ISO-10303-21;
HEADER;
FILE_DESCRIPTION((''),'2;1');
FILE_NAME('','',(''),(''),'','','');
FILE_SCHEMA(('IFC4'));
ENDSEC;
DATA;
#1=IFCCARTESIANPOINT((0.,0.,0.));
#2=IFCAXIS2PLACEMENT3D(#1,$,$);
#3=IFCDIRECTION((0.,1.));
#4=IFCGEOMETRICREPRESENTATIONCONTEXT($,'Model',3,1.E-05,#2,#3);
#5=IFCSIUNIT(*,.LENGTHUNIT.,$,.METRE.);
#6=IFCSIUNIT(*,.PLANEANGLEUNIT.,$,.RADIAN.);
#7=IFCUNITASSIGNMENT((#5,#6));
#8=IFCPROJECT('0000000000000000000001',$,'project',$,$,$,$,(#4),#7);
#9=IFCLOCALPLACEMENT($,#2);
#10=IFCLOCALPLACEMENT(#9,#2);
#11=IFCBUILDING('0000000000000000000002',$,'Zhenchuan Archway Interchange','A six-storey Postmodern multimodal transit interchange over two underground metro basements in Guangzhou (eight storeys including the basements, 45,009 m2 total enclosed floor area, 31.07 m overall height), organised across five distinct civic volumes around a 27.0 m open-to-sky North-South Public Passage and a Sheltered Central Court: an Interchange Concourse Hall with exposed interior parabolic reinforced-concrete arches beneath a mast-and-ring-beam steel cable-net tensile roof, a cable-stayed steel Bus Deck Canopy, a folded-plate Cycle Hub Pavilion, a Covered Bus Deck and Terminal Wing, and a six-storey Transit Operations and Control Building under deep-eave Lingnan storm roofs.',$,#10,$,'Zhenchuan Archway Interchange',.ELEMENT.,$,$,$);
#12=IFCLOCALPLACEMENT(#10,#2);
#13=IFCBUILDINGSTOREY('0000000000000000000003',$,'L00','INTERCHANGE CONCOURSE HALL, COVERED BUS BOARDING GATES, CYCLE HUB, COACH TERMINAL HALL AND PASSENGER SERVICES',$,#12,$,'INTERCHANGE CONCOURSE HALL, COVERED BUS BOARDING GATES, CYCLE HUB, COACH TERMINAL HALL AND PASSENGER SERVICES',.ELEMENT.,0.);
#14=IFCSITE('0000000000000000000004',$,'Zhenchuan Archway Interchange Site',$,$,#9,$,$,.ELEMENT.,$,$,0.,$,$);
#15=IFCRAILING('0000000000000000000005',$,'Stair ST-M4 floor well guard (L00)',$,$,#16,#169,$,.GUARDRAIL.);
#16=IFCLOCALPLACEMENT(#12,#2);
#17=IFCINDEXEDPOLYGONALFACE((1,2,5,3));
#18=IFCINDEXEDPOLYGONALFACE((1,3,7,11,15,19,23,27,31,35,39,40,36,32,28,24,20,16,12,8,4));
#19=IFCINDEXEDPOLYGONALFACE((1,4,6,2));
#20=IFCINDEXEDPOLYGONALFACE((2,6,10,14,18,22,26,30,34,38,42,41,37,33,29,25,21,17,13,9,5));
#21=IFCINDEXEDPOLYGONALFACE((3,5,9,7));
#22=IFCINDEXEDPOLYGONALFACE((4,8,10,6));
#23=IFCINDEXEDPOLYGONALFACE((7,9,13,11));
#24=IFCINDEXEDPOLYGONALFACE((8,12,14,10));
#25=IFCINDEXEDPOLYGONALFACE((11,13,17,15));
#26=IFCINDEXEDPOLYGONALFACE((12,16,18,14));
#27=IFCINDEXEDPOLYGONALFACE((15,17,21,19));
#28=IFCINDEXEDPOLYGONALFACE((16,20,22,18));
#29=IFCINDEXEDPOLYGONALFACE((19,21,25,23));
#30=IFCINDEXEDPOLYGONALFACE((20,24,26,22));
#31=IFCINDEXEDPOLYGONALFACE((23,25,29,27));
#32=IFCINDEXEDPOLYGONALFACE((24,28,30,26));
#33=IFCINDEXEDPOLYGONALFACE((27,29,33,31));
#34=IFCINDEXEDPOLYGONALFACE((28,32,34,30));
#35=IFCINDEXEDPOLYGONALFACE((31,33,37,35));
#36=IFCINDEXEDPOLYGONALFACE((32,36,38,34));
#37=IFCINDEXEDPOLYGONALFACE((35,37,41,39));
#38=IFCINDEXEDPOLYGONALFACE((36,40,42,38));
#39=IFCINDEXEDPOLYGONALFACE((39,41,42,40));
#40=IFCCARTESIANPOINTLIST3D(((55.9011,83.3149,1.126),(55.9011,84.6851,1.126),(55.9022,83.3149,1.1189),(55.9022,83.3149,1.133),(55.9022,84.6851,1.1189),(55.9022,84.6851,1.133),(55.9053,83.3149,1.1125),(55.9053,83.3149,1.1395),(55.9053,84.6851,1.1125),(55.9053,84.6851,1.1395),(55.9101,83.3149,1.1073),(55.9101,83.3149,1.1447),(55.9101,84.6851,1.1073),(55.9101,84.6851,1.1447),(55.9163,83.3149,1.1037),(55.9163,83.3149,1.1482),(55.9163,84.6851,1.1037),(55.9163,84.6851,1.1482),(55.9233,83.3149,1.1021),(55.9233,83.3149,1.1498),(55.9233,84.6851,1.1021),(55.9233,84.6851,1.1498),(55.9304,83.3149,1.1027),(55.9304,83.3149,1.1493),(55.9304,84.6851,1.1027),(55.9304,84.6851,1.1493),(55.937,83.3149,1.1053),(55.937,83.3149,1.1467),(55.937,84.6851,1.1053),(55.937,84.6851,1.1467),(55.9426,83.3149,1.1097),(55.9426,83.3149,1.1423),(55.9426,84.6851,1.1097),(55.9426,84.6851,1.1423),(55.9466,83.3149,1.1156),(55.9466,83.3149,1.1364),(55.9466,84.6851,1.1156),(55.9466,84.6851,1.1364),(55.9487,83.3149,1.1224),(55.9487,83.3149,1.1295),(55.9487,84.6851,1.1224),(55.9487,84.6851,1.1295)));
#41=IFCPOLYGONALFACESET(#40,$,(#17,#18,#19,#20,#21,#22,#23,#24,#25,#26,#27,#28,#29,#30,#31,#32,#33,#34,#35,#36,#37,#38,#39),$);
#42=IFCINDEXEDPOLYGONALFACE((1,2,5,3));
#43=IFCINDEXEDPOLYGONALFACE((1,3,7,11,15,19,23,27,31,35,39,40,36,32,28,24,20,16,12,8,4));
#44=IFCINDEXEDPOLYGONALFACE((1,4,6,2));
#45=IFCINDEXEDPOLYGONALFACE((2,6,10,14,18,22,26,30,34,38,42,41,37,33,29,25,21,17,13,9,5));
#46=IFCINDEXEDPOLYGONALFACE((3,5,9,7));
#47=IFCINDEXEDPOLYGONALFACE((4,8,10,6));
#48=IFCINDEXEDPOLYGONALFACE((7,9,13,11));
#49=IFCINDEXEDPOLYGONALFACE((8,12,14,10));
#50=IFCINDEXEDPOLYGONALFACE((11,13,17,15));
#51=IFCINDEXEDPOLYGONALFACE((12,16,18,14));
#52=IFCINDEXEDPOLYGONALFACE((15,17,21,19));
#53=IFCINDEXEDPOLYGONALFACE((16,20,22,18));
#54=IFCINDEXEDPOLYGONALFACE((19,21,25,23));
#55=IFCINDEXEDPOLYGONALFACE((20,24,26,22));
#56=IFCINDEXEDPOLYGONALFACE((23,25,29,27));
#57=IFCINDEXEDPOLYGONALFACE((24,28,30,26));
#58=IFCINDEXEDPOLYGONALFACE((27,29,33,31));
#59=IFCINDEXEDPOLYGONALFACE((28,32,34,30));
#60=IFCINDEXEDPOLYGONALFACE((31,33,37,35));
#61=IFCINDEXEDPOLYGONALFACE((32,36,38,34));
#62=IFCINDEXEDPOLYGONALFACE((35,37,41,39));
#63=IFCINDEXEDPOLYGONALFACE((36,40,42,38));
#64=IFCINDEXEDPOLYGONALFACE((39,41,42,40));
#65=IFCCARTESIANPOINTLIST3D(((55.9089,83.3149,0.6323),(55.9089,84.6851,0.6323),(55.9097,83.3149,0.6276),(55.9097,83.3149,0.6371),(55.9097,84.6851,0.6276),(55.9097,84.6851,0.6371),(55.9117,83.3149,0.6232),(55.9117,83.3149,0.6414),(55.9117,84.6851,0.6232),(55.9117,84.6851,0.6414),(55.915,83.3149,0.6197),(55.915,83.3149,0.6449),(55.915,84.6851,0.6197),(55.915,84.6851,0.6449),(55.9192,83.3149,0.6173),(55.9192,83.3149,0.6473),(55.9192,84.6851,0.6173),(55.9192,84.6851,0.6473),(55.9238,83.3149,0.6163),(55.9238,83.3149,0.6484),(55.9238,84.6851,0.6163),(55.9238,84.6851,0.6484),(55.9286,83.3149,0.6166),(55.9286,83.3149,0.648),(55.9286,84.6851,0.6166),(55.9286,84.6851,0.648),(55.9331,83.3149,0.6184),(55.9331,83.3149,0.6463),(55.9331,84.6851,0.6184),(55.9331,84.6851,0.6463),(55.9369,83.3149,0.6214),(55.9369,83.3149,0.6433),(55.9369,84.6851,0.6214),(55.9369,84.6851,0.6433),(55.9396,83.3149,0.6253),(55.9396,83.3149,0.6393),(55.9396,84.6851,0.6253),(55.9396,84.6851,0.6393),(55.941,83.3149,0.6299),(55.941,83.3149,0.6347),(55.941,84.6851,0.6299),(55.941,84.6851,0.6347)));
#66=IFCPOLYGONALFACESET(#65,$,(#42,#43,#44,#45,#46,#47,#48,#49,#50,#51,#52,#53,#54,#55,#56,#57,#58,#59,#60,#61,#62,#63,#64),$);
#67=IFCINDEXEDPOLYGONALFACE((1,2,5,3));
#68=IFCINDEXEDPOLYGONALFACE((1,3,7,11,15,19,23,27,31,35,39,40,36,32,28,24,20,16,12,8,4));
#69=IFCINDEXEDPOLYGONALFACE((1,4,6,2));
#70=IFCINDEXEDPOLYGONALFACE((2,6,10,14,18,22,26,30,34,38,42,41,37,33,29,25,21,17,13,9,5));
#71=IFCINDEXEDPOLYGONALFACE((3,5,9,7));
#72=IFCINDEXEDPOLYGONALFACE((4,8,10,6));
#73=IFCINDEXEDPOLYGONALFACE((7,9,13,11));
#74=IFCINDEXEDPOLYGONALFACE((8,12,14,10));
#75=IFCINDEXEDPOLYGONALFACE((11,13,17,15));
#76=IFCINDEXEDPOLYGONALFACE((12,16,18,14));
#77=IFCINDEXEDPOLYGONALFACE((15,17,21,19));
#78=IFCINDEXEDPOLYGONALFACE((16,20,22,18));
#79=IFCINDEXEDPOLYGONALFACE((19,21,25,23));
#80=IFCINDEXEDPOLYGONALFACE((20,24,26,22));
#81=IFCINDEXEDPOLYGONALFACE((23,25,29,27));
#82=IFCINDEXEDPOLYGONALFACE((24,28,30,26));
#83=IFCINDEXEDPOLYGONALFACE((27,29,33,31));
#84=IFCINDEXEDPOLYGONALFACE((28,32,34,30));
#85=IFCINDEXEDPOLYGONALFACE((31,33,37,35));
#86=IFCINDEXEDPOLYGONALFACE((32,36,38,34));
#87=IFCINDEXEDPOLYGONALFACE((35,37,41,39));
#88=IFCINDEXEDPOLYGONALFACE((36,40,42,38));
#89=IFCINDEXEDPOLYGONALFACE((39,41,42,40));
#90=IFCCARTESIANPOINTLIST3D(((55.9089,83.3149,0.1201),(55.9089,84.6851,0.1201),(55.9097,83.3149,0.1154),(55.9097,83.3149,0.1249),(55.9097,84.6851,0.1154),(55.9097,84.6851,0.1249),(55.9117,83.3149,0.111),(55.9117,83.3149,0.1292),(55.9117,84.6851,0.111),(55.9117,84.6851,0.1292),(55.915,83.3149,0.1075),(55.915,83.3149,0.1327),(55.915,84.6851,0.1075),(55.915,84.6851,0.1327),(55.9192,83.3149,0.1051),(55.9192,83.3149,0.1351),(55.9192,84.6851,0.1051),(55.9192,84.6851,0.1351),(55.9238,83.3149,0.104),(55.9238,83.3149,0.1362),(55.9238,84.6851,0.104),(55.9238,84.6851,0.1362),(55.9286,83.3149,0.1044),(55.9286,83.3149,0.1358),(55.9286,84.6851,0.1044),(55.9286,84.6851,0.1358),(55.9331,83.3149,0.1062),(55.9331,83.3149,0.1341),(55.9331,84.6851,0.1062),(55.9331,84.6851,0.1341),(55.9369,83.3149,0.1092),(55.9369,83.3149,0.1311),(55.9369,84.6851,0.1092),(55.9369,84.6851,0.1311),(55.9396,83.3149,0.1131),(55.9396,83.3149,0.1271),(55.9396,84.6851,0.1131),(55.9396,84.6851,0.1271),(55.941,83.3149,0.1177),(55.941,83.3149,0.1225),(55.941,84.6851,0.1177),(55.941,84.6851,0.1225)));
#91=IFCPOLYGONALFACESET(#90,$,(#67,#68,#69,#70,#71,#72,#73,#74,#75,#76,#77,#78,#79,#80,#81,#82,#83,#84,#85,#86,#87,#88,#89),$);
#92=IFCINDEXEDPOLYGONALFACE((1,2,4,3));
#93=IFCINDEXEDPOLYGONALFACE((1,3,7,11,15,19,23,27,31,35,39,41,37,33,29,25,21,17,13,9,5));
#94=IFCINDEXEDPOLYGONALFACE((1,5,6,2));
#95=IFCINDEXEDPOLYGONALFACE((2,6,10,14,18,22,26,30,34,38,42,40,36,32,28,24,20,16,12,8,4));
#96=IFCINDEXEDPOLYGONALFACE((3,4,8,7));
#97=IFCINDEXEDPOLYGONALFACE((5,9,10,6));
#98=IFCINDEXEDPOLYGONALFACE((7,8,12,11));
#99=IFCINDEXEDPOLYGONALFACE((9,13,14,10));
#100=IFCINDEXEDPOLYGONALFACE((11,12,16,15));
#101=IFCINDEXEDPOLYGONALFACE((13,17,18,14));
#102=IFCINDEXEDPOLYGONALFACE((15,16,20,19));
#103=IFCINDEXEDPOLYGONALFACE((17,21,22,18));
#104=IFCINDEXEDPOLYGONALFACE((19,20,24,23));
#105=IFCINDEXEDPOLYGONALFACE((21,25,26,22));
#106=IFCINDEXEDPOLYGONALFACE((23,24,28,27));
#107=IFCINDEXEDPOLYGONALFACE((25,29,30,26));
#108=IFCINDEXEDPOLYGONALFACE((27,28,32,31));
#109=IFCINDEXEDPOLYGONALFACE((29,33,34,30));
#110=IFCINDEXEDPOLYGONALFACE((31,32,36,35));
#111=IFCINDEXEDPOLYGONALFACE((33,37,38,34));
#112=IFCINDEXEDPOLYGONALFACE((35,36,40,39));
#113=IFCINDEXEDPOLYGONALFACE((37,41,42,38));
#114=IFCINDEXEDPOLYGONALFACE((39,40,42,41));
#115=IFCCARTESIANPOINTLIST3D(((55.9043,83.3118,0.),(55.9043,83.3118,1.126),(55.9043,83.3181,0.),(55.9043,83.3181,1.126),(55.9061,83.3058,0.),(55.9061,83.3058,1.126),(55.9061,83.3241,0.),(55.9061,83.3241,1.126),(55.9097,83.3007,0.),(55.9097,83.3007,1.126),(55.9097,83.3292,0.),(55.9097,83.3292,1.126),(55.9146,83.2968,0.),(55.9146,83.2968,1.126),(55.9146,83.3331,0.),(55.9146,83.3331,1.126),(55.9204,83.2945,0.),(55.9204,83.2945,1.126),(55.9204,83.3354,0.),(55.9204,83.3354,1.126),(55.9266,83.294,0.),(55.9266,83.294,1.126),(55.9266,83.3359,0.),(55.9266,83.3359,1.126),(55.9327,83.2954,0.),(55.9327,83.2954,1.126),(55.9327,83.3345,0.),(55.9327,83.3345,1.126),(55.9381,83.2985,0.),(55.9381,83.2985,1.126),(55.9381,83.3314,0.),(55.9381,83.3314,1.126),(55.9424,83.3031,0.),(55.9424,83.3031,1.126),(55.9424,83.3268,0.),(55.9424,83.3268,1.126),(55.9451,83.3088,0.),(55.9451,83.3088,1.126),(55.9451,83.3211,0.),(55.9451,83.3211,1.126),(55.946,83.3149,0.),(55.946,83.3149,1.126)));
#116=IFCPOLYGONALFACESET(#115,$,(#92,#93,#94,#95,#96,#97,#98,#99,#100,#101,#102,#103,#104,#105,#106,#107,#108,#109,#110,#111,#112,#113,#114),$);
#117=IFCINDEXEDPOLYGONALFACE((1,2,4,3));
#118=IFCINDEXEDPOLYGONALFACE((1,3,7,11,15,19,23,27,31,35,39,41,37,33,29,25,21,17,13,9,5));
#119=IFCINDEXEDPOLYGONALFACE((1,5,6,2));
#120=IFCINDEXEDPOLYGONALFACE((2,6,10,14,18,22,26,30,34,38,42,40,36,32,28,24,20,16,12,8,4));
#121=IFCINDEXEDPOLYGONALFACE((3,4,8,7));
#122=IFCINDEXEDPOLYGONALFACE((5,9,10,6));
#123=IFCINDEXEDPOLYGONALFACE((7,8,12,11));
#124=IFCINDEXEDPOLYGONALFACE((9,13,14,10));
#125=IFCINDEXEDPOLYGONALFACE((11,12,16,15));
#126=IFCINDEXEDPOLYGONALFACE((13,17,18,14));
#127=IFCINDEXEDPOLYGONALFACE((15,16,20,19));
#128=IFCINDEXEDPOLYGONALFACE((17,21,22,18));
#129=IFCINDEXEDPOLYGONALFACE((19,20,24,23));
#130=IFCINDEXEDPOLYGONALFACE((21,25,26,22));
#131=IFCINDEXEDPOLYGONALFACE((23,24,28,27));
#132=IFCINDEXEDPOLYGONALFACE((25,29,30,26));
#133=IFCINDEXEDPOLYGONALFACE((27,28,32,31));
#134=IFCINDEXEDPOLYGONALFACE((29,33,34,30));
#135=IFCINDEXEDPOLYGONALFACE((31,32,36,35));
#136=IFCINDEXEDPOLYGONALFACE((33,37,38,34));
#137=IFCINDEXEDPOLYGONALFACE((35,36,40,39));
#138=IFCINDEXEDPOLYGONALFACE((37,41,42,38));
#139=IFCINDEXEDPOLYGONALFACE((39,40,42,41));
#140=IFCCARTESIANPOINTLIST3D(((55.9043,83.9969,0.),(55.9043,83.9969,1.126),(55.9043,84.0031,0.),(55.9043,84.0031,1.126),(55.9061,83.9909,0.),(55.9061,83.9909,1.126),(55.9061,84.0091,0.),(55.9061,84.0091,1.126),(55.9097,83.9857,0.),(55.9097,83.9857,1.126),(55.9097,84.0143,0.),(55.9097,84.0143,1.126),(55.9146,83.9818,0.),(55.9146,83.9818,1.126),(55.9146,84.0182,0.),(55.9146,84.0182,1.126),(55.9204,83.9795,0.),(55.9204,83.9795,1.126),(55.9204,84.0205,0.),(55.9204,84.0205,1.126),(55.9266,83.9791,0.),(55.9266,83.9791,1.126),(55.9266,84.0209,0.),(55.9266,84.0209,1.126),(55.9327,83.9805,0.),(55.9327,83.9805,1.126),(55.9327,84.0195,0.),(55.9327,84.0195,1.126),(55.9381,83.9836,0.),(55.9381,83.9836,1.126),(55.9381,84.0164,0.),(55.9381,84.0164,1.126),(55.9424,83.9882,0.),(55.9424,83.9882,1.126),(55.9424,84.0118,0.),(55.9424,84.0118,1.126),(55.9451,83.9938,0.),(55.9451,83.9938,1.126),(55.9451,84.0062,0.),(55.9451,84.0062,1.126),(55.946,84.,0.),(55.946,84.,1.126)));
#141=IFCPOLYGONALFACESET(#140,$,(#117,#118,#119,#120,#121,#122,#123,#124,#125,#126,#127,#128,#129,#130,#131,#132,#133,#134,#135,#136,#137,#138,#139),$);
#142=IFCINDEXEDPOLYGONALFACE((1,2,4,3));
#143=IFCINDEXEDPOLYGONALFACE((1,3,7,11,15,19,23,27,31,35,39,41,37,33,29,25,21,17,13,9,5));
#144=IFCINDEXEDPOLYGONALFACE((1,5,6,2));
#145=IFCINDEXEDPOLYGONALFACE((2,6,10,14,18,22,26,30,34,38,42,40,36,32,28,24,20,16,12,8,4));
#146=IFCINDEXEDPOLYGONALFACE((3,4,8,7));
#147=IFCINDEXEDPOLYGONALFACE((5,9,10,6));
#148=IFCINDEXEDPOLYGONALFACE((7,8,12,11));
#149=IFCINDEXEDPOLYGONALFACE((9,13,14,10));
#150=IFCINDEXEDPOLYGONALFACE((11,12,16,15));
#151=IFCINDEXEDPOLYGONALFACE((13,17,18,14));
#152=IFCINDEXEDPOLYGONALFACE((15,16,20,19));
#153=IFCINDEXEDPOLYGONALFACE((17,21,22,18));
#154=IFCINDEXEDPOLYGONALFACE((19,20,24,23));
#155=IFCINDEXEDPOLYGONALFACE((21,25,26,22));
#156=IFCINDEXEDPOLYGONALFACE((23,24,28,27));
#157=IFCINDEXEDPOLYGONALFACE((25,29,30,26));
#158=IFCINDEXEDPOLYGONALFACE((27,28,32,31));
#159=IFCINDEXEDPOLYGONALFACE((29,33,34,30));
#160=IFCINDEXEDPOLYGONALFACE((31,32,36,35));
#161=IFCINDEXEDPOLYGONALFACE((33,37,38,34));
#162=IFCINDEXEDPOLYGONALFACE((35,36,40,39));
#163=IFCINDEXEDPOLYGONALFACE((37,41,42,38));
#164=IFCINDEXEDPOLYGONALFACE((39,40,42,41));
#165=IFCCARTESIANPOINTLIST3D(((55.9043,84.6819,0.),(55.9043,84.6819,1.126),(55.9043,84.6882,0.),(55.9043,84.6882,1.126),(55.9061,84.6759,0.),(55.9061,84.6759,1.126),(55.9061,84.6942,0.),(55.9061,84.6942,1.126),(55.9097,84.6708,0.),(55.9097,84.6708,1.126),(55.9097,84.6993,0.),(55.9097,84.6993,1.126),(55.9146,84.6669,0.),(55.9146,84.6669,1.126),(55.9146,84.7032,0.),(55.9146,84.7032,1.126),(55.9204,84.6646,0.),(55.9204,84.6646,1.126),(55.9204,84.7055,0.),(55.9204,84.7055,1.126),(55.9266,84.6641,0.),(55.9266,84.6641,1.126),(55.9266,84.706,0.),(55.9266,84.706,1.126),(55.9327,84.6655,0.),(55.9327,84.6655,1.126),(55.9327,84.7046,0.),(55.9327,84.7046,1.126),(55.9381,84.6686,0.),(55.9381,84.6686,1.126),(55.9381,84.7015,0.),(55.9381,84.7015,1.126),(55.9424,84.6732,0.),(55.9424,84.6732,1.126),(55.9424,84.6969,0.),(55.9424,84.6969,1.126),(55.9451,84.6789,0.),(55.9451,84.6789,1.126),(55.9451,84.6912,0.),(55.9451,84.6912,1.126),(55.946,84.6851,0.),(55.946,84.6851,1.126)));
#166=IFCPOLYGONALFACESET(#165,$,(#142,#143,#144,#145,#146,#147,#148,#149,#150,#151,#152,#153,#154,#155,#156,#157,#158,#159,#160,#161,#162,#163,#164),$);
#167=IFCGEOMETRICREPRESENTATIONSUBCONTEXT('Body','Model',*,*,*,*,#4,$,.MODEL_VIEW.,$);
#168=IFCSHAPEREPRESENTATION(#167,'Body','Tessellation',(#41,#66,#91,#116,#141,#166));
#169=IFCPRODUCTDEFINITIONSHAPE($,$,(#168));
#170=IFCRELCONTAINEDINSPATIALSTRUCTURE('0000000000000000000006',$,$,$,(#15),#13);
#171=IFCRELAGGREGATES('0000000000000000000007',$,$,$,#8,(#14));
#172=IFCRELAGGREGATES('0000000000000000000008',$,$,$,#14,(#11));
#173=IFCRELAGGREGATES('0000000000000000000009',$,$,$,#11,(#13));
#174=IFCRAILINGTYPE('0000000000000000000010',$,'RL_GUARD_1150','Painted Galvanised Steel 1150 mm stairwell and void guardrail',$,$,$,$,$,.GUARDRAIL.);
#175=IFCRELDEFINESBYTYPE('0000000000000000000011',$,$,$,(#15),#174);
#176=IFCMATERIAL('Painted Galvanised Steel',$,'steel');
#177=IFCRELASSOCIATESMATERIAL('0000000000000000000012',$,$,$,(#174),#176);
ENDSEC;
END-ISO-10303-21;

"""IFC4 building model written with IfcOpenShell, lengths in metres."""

from ifc_helpers import new_model, si_unit, direction, frame, origin, origin_2d, place, context, subcontext, project, spatial, circle, extrude, material, type_object, element, save


model = new_model("IFC4")

# Units and contexts
model_context = context("Model", 3, precision=1e-05, world=origin(), true_north=direction((0.0, 1.0)))
body_context = subcontext(model_context, "Body", "Model", "MODEL_VIEW")
ifc_project = project(units=[si_unit("LENGTHUNIT", "METRE"), si_unit("PLANEANGLEUNIT", "RADIAN")], contexts=[model_context])

# Site, building, storey
site_placement = place(None, origin())
site = spatial("IfcSite", under=ifc_project, at=site_placement, Name="Zhenchuan Archway Interchange Site", CompositionType="ELEMENT", RefElevation=0.0)
building_placement = place(site_placement, origin())
building = spatial("IfcBuilding", under=site, at=building_placement, Name="Zhenchuan Archway Interchange", Description="A six-storey Postmodern multimodal transit interchange over two underground metro basements in Guangzhou (eight storeys including the basements, 45,009 m2 total enclosed floor area, 31.07 m overall height), organised across five distinct civic volumes around a 27.0 m open-to-sky North-South Public Passage and a Sheltered Central Court: an Interchange Concourse Hall with exposed interior parabolic reinforced-concrete arches beneath a mast-and-ring-beam steel cable-net tensile roof, a cable-stayed steel Bus Deck Canopy, a folded-plate Cycle Hub Pavilion, a Covered Bus Deck and Terminal Wing, and a six-storey Transit Operations and Control Building under deep-eave Lingnan storm roofs.", LongName="Zhenchuan Archway Interchange", CompositionType="ELEMENT")
storey_placement = place(building_placement, origin())
storey = spatial("IfcBuildingStorey", under=building, at=storey_placement, Name="L00", Description="INTERCHANGE CONCOURSE HALL, COVERED BUS BOARDING GATES, CYCLE HUB, COACH TERMINAL HALL AND PASSENGER SERVICES", LongName="INTERCHANGE CONCOURSE HALL, COVERED BUS BOARDING GATES, CYCLE HUB, COACH TERMINAL HALL AND PASSENGER SERVICES", CompositionType="ELEMENT", Elevation=0.0)

# Shared definitions
ifc_material_1 = material(Name="Painted Galvanised Steel", Category="steel")

# Railing
railing_type_1 = type_object("IfcRailingType", Name="RL_GUARD_1150", Description="Painted Galvanised Steel 1150 mm stairwell and void guardrail", PredefinedType="GUARDRAIL", material=ifc_material_1)
for number, where, name in (
    (1, (55.925, 83.3149, 0.0), "Stair ST-M4 floor well guard (L00)"),
):
    element("IfcRailing", number, at=place(storey_placement, frame(where)), inside=storey, type_object=railing_type_1, Name=name, PredefinedType="GUARDRAIL", context=body_context, shape_type="SweptSolid", body=[
        extrude(circle(Radius=0.0239, at=origin_2d()), frame((0.0, 0.0, 1.126), z_axis=(0.0, 1.0, 0.0), x_axis=(-1.0, 0.0, 0.0)), (0.0, 0.0, 1.0), 1.3701),
        extrude(circle(Radius=0.0161, at=origin_2d()), frame((0.0, 0.0, 0.6323), z_axis=(0.0, 1.0, 0.0), x_axis=(-1.0, 0.0, 0.0)), (0.0, 0.0, 1.0), 1.3701),
        extrude(circle(Radius=0.0161, at=origin_2d()), frame((0.0, 0.0, 0.1201), z_axis=(0.0, 1.0, 0.0), x_axis=(-1.0, 0.0, 0.0)), (0.0, 0.0, 1.0), 1.3701),
        extrude(circle(Radius=0.021, at=origin_2d()), origin(), (0.0, 0.0, 1.0), 1.126),
        extrude(circle(Radius=0.021, at=origin_2d()), frame((0.0, 0.6851, 0.0)), (0.0, 0.0, 1.0), 1.126),
        extrude(circle(Radius=0.021, at=origin_2d()), frame((0.0, 1.3701, 0.0)), (0.0, 0.0, 1.0), 1.126),
    ])

save(model, "model.ifc")
